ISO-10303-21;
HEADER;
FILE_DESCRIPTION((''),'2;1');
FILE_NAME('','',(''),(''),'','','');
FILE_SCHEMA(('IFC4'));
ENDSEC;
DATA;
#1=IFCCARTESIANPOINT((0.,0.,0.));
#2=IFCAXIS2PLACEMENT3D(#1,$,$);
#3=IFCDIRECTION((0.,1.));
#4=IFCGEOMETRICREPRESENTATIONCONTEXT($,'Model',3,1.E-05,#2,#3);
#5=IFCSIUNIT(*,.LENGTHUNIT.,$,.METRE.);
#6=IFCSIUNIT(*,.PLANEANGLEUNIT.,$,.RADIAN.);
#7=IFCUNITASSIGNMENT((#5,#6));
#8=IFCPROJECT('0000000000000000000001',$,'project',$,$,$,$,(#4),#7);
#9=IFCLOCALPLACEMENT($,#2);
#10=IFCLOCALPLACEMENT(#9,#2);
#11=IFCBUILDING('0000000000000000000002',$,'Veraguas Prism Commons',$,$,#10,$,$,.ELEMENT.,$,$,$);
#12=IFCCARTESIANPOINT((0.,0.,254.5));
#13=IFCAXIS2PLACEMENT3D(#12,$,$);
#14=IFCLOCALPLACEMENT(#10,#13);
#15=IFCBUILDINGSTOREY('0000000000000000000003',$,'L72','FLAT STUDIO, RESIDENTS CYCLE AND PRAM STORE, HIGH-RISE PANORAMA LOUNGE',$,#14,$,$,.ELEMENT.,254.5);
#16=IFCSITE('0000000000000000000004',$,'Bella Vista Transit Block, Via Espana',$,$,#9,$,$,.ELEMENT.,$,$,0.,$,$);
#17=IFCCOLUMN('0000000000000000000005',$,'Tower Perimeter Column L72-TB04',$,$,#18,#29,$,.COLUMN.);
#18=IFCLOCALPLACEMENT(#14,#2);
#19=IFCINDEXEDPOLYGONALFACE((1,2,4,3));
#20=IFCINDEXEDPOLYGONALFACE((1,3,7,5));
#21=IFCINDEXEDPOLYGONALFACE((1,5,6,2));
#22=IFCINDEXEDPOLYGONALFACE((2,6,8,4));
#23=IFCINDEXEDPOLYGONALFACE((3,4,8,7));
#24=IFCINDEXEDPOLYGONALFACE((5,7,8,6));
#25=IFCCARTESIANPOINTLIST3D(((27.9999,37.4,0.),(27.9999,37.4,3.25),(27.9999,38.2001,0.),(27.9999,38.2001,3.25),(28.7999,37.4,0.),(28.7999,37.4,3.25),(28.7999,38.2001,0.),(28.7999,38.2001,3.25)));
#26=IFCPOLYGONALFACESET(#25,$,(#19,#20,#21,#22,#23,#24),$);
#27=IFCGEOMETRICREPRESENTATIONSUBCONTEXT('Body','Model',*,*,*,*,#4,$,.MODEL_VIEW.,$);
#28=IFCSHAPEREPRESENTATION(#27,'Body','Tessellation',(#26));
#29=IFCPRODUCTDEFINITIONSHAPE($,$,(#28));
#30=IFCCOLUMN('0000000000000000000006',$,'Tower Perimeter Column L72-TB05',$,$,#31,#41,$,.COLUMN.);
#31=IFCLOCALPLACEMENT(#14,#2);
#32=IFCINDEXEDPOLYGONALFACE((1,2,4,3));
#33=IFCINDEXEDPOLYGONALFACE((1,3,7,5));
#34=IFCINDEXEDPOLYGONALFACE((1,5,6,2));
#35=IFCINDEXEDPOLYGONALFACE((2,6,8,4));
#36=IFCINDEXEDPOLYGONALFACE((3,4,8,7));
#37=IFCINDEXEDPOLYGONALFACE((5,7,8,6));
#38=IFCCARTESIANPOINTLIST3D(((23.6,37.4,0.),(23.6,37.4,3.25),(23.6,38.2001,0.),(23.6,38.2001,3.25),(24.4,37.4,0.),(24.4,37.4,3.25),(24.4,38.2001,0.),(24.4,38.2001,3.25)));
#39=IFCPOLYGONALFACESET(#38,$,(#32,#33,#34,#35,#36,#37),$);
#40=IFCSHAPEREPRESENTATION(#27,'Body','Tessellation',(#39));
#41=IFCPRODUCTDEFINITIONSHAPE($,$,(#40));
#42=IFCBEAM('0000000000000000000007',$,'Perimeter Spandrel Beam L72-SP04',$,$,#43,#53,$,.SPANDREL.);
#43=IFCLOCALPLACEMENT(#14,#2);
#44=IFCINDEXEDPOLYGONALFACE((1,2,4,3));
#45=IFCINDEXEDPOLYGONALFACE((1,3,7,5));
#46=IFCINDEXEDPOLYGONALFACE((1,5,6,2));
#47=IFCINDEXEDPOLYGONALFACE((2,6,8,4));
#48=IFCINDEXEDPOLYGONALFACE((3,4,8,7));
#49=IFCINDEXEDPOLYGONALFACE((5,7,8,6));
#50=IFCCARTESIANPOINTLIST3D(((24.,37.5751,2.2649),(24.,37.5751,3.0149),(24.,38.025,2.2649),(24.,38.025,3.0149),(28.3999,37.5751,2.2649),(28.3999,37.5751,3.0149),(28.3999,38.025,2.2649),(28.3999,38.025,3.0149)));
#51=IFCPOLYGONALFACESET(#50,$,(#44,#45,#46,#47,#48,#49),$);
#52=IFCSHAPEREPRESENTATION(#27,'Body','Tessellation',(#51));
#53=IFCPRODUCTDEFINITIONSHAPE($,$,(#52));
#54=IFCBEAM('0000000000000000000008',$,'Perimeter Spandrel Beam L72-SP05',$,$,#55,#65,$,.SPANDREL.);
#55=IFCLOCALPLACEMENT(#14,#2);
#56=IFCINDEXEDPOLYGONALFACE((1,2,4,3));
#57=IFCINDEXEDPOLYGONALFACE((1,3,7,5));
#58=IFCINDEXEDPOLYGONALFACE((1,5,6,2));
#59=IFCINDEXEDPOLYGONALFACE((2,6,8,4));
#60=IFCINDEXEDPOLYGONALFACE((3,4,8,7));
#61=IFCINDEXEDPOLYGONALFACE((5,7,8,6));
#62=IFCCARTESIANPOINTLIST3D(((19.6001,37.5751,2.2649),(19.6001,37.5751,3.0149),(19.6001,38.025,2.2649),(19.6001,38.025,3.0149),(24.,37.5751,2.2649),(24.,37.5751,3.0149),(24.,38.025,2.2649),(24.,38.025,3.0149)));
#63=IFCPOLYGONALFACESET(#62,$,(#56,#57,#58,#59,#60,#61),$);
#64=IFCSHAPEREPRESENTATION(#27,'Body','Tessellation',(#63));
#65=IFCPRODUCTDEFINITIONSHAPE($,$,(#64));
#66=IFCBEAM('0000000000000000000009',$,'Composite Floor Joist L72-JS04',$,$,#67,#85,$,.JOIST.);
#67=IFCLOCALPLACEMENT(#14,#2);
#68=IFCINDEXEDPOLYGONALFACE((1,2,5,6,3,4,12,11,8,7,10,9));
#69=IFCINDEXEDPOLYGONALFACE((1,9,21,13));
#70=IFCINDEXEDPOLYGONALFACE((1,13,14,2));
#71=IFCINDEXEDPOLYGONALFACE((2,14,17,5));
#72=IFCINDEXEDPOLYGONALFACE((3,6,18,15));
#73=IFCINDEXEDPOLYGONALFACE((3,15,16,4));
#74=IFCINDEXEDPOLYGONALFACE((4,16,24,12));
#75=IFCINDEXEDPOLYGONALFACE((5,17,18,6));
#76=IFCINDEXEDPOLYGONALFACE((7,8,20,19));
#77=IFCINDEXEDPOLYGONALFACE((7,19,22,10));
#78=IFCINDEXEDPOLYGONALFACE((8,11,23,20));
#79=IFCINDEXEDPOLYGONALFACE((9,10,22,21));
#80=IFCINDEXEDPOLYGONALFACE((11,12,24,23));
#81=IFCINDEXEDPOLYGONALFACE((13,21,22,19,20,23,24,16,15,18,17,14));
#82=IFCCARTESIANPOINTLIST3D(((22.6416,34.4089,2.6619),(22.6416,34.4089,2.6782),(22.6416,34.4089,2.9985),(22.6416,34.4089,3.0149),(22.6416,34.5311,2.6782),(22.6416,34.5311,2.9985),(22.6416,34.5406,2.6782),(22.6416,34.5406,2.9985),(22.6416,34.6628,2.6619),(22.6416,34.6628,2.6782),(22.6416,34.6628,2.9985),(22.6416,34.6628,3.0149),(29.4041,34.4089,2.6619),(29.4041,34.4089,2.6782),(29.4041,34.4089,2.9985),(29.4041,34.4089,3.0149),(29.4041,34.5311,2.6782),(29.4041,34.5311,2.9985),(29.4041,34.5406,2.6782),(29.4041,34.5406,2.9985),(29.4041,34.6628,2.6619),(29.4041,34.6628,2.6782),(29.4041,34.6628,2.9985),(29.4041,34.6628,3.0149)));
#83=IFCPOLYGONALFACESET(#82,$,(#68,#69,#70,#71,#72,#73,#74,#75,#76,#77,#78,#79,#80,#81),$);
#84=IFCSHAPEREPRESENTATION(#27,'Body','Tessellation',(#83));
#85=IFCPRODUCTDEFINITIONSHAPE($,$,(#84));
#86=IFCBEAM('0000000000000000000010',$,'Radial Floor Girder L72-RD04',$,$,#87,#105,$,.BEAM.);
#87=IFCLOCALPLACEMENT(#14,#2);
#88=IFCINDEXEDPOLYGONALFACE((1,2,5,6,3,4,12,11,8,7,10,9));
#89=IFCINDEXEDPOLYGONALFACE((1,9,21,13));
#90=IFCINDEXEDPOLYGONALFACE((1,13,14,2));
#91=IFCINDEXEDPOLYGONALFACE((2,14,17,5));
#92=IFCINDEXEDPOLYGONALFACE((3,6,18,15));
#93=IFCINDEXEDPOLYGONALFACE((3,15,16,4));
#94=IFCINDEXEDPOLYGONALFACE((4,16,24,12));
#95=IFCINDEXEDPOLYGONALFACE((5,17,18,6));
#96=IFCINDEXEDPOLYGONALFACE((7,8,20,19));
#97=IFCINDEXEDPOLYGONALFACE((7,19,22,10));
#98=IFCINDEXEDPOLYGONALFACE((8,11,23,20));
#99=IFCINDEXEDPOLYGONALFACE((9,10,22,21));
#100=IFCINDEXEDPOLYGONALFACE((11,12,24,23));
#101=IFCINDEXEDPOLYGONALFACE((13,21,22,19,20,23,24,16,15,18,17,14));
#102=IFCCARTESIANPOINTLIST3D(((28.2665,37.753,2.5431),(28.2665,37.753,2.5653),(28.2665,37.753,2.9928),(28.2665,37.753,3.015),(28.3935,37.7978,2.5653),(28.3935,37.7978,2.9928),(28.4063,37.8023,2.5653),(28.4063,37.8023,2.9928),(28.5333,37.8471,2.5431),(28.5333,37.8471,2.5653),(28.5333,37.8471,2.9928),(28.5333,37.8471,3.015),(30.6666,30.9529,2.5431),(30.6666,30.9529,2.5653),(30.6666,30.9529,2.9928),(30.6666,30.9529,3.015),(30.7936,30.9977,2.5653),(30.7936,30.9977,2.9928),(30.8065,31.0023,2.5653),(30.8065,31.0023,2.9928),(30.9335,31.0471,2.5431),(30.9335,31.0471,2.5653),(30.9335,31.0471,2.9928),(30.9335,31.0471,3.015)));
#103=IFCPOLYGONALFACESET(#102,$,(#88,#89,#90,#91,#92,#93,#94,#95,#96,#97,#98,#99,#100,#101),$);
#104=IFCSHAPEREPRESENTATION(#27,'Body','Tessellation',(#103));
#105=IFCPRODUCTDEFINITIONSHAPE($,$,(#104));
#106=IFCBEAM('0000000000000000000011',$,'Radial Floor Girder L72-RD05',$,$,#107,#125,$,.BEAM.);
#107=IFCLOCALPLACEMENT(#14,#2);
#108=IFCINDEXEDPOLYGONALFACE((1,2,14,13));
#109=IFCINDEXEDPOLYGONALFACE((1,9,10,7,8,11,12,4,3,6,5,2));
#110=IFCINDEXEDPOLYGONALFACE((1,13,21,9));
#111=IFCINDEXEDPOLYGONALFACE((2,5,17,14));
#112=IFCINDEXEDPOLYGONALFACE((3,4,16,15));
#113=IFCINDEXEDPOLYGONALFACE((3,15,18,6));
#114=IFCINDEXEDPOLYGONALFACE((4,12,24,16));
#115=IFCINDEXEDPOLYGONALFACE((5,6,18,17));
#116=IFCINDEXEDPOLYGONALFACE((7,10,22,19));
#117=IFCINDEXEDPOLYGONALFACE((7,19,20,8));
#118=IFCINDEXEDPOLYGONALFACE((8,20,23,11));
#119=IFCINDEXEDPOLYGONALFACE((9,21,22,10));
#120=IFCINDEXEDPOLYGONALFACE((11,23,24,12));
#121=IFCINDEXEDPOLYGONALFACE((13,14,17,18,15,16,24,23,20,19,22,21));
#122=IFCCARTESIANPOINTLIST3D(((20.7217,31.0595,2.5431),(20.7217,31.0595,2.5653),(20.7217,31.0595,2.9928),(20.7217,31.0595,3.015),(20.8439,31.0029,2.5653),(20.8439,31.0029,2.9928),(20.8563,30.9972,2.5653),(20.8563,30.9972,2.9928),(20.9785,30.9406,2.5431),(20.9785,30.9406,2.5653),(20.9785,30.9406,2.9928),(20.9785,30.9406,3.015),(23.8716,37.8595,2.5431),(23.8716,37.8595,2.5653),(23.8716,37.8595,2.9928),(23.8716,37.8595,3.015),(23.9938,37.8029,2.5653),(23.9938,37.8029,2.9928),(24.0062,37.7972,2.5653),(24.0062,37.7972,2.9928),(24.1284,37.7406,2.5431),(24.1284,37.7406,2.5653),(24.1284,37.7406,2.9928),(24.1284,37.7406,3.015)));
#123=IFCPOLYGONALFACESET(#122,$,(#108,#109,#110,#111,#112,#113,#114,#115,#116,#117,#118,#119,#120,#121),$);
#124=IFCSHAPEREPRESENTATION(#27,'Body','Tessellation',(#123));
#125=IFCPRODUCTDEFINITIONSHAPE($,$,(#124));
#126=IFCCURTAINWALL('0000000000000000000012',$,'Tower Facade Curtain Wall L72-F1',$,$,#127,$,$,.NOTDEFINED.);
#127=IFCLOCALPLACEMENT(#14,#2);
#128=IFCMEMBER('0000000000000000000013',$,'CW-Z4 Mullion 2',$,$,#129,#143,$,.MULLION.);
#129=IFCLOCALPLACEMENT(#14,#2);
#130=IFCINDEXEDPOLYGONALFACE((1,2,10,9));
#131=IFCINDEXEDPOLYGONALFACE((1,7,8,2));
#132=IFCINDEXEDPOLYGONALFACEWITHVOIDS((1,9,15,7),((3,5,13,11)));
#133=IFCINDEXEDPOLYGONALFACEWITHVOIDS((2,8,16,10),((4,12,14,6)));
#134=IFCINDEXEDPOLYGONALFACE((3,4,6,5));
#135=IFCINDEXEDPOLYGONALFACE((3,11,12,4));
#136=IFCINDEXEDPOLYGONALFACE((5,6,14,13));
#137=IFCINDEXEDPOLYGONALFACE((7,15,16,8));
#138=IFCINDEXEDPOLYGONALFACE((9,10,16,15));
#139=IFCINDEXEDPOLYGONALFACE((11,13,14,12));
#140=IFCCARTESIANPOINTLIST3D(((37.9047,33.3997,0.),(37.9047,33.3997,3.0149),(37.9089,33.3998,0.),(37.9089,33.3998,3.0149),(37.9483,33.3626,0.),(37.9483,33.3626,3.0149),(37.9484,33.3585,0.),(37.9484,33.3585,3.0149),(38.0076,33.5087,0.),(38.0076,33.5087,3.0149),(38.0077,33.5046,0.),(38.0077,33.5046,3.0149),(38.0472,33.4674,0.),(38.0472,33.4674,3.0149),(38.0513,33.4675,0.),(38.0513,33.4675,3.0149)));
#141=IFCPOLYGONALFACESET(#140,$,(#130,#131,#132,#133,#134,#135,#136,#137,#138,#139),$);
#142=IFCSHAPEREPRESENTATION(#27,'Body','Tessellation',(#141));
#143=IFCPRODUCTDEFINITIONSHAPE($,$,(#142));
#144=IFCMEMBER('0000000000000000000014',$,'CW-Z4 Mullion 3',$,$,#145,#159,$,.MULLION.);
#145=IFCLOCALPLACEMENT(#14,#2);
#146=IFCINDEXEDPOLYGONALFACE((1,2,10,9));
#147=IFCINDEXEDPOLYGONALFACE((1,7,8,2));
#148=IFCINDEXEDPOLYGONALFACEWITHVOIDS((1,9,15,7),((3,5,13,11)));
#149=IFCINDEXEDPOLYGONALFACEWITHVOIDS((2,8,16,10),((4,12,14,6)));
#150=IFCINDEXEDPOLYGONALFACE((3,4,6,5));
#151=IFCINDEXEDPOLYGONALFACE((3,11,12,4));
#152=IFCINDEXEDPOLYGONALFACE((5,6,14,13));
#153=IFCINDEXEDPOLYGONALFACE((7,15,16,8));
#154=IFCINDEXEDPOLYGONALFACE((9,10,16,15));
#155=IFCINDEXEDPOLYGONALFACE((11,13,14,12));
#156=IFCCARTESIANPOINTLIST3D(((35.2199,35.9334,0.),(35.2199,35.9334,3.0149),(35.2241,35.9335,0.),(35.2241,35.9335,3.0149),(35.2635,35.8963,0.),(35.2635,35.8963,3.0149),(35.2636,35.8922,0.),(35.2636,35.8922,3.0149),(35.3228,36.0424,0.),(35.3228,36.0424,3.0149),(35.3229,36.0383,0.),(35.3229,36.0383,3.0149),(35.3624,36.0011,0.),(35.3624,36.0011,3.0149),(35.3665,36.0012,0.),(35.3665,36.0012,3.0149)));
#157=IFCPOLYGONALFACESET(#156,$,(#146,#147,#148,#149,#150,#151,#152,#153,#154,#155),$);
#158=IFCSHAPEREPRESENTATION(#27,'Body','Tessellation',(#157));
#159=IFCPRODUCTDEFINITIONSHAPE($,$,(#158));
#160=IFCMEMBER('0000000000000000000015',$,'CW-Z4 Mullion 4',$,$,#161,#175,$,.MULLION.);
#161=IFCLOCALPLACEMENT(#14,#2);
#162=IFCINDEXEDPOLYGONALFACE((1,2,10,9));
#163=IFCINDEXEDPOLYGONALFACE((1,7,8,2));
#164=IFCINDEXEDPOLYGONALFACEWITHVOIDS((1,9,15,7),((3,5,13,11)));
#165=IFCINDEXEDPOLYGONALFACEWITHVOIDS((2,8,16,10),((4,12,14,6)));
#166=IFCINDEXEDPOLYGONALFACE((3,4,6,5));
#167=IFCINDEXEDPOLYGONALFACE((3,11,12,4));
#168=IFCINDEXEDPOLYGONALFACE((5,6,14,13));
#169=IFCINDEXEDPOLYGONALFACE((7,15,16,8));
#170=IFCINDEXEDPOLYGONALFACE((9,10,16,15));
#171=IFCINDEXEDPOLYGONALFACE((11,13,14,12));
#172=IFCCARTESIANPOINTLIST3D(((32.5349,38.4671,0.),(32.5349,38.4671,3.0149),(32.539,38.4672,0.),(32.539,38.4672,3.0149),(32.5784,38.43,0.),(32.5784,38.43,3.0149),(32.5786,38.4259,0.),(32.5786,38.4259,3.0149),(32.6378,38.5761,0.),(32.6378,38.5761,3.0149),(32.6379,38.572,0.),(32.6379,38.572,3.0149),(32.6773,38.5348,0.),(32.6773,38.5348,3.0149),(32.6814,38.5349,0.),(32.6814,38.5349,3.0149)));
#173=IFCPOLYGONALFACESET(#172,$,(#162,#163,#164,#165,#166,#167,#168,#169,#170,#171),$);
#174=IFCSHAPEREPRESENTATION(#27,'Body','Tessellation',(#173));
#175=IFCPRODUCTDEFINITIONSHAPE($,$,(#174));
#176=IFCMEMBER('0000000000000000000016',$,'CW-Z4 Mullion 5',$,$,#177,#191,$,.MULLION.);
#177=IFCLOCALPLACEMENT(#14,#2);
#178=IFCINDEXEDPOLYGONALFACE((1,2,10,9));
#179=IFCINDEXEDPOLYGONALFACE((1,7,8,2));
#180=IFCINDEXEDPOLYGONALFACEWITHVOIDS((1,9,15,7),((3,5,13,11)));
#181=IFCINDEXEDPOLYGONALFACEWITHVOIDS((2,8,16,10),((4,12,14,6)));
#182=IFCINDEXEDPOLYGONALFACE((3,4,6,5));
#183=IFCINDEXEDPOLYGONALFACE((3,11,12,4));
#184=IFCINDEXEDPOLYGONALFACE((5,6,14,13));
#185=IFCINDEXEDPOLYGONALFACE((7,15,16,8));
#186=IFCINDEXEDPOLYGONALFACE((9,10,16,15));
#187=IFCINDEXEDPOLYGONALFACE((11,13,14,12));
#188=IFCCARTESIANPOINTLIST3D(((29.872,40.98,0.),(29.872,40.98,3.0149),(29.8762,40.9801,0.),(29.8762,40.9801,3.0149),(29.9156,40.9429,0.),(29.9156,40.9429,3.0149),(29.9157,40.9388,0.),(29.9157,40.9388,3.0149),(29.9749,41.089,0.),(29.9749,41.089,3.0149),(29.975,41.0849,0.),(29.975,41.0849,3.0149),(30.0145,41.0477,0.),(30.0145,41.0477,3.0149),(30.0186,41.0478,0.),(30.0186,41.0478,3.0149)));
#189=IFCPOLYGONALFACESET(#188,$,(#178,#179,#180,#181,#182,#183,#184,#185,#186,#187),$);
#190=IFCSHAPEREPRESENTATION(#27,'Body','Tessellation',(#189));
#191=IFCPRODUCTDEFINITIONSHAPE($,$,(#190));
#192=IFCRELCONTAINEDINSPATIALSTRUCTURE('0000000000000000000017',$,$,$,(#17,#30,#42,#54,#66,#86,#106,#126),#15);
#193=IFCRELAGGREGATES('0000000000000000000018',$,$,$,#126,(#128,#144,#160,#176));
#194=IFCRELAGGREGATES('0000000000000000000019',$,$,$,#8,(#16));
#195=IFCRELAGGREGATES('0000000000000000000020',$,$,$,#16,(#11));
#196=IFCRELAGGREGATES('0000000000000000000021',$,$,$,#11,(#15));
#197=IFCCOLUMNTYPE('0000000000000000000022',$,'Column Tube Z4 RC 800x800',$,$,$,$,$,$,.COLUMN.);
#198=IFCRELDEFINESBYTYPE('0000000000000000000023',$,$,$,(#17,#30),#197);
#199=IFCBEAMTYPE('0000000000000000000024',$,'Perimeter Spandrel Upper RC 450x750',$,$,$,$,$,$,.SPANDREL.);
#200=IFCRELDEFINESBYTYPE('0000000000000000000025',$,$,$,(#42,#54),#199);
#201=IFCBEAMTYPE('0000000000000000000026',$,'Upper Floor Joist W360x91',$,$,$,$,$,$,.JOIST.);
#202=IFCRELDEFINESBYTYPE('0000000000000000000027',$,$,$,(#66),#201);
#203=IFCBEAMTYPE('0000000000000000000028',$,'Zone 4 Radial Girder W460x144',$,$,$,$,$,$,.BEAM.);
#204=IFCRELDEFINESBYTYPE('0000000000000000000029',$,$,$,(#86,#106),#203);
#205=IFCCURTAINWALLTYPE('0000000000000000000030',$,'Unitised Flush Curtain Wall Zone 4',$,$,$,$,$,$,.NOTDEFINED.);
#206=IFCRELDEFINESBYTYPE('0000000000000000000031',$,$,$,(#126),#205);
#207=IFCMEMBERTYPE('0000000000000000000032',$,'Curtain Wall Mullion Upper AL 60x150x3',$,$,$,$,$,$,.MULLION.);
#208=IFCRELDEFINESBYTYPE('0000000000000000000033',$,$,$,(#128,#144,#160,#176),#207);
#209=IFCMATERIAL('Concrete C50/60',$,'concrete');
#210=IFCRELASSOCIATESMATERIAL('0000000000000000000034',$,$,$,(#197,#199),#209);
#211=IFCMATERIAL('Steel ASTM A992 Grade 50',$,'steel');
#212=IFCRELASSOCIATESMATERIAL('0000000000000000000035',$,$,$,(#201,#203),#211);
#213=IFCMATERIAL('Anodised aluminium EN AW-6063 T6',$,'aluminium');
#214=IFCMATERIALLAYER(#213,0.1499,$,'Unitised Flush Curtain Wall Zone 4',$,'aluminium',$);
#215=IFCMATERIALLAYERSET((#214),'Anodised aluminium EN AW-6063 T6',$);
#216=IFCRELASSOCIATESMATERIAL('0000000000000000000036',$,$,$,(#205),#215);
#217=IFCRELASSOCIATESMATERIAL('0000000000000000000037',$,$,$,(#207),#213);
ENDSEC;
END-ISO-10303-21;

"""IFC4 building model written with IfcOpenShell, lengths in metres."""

from ifc_helpers import new_model, si_unit, direction, frame, origin, origin_2d, place, context, subcontext, project, spatial, rectangle, hollow_rectangle, i_section, extrude, source, transform, mapped, material, layer, layer_set, material_profile, profile_set, type_object, element, aggregate, save


model = new_model("IFC4")

# Units and contexts
model_context = context("Model", 3, precision=1e-05, world=origin(), true_north=direction((0.0, 1.0)))
body_context = subcontext(model_context, "Body", "Model", "MODEL_VIEW")
ifc_project = project(units=[si_unit("LENGTHUNIT", "METRE"), si_unit("PLANEANGLEUNIT", "RADIAN")], contexts=[model_context])

# Site, building, storey
site_placement = place(None, origin())
site = spatial("IfcSite", under=ifc_project, at=site_placement, Name="Bella Vista Transit Block, Via Espana", CompositionType="ELEMENT", RefElevation=0.0)
building_placement = place(site_placement, origin())
building = spatial("IfcBuilding", under=site, at=building_placement, Name="Veraguas Prism Commons", CompositionType="ELEMENT")
storey_placement = place(building_placement, frame((0.0, 0.0, 254.5)))
storey = spatial("IfcBuildingStorey", under=building, at=storey_placement, Name="L72", Description="FLAT STUDIO, RESIDENTS CYCLE AND PRAM STORE, HIGH-RISE PANORAMA LOUNGE", CompositionType="ELEMENT", Elevation=254.5)

# Columns
ifc_material_1 = material(Name="Concrete C50/60", Category="concrete")
ifc_material_profile_1 = material_profile(ifc_material_1, rectangle(XDim=0.8, YDim=0.8, at=origin_2d()), Name="RC800X800")
ifc_profile_set_1 = profile_set([ifc_material_profile_1], Name="Concrete C50/60")
column_type = type_object("IfcColumnType", Name="Column Tube Z4 RC 800x800", PredefinedType="COLUMN", material=ifc_profile_set_1)
for number, where, z_axis, x_axis, name in (
    (1, (28.3999, 37.8, 0.0), (0.0, 0.0, 1.0), (1.0, 0.0, 0.0), "Tower Perimeter Column L72-TB04"),
    (2, (24.0, 37.8, 0.0), (0.0, 0.0, 1.0), (1.0, 0.0, 0.0), "Tower Perimeter Column L72-TB05"),
):
    element("IfcColumn", number, at=place(storey_placement, frame(where, z_axis=z_axis, x_axis=x_axis)), inside=storey, type_object=column_type, Name=name, PredefinedType="COLUMN", context=body_context, shape_type="SweptSolid", body=[
        extrude(rectangle(XDim=0.8, YDim=0.8, at=origin_2d()), origin(), (0.0, 0.0, 1.0), 3.25),
    ])

# Beams
ifc_material_profile_2 = material_profile(ifc_material_1, rectangle(XDim=0.45, YDim=0.75, at=origin_2d()), Name="RC450X750")
ifc_profile_set_2 = profile_set([ifc_material_profile_2], Name="Concrete C50/60")
beam_type_1 = type_object("IfcBeamType", Name="Perimeter Spandrel Upper RC 450x750", PredefinedType="SPANDREL", material=ifc_profile_set_2)
for number, where, z_axis, x_axis, name in (
    (3, (28.3999, 37.8, 2.6399), (-1.0, 0.0, 0.0), (0.0, -1.0, 0.0), "Perimeter Spandrel Beam L72-SP04"),
    (4, (24.0, 37.8, 2.6399), (-1.0, 0.0, 0.0), (0.0, -1.0, 0.0), "Perimeter Spandrel Beam L72-SP05"),
):
    element("IfcBeam", number, at=place(storey_placement, frame(where, z_axis=z_axis, x_axis=x_axis)), inside=storey, type_object=beam_type_1, Name=name, PredefinedType="SPANDREL", context=body_context, shape_type="SweptSolid", body=[
        extrude(rectangle(XDim=0.45, YDim=0.75, at=origin_2d()), origin(), (0.0, 0.0, 1.0), 4.3999),
    ])
ifc_material_2 = material(Name="Steel ASTM A992 Grade 50", Category="steel")
ifc_material_profile_3 = material_profile(ifc_material_2, i_section(OverallWidth=0.2539, OverallDepth=0.353, WebThickness=0.0095, FlangeThickness=0.0164, at=origin_2d()), Name="W360X91")
ifc_profile_set_3 = profile_set([ifc_material_profile_3], Name="Steel ASTM A992 Grade 50")
beam_type_2 = type_object("IfcBeamType", Name="Upper Floor Joist W360x91", PredefinedType="JOIST", material=ifc_profile_set_3)
beam_1_placement = place(storey_placement, frame((29.4041, 34.5359, 2.8384), z_axis=(-1.0, 0.0, 0.0), x_axis=(0.0, -1.0, 0.0)))
element("IfcBeam", 5, at=beam_1_placement, inside=storey, type_object=beam_type_2, Name="Composite Floor Joist L72-JS04", PredefinedType="JOIST", context=body_context, shape_type="SweptSolid", body=[
    extrude(i_section(OverallWidth=0.2539, OverallDepth=0.353, WebThickness=0.0095, FlangeThickness=0.0164, at=origin_2d()), origin(), (0.0, 0.0, 1.0), 6.7625),
])
ifc_material_profile_4 = material_profile(ifc_material_2, i_section(OverallWidth=0.283, OverallDepth=0.4719, WebThickness=0.0137, FlangeThickness=0.0222, at=origin_2d()), Name="W460X144")
ifc_profile_set_4 = profile_set([ifc_material_profile_4], Name="Steel ASTM A992 Grade 50")
beam_type_3 = type_object("IfcBeamType", Name="Zone 4 Radial Girder W460x144", PredefinedType="BEAM", material=ifc_profile_set_4)
beam_2_placement = place(storey_placement, frame((28.3999, 37.8, 2.7791), z_axis=(0.332836, -0.942985, 0.0), x_axis=(0.942985, 0.332836, 0.0)))
element("IfcBeam", 6, at=beam_2_placement, inside=storey, type_object=beam_type_3, Name="Radial Floor Girder L72-RD04", PredefinedType="BEAM", context=body_context, shape_type="SweptSolid", body=[
    extrude(i_section(OverallWidth=0.283, OverallDepth=0.4719, WebThickness=0.0137, FlangeThickness=0.0222, at=origin_2d()), origin(), (0.0, 0.0, 1.0), 7.2112),
])
beam_3_placement = place(storey_placement, frame((24.0, 37.8, 2.7791), z_axis=(-0.420314, -0.907379, 0.0), x_axis=(0.907379, -0.420314, 0.0)))
element("IfcBeam", 7, at=beam_3_placement, inside=storey, type_object=beam_type_3, Name="Radial Floor Girder L72-RD05", PredefinedType="BEAM", context=body_context, shape_type="SweptSolid", body=[
    extrude(i_section(OverallWidth=0.283, OverallDepth=0.4719, WebThickness=0.0137, FlangeThickness=0.0222, at=origin_2d()), origin(), (0.0, 0.0, 1.0), 7.4941),
])

# Curtain wall, members
ifc_material_3 = material(Name="Anodised aluminium EN AW-6063 T6", Category="aluminium")
ifc_layer_1 = layer(ifc_material_3, 0.1499, Name="Unitised Flush Curtain Wall Zone 4", Category="aluminium")
ifc_layer_set_1 = layer_set([ifc_layer_1], Name="Anodised aluminium EN AW-6063 T6")
curtain_wall_type = type_object("IfcCurtainWallType", Name="Unitised Flush Curtain Wall Zone 4", PredefinedType="NOTDEFINED", material=ifc_layer_set_1)
curtain_wall_1_placement = place(storey_placement, origin())
curtain_wall_1 = element("IfcCurtainWall", 8, at=curtain_wall_1_placement, inside=storey, type_object=curtain_wall_type, Name="Tower Facade Curtain Wall L72-F1", PredefinedType="NOTDEFINED")
ifc_material_profile_5 = material_profile(ifc_material_3, hollow_rectangle(XDim=0.0601, YDim=0.1499, WallThickness=0.0029, at=origin_2d()), Name="AL60X150X3")
ifc_profile_set_5 = profile_set([ifc_material_profile_5], Name="Anodised aluminium EN AW-6063 T6")
member_type_1 = type_object("IfcMemberType", Name="Curtain Wall Mullion Upper AL 60x150x3", PredefinedType="MULLION", material=ifc_profile_set_5)
shared_shape_1 = source(origin(), body_context, "Body", "SweptSolid", [
    extrude(hollow_rectangle(XDim=0.0601, YDim=0.1499, WallThickness=0.0029, at=origin_2d()), origin(), (0.0, 0.0, 1.0), 3.0149),
])
member_1_placement = place(storey_placement, frame((37.978, 33.4336, 0.0), z_axis=(0.0, 0.0, 1.0), x_axis=(-0.727296, 0.686324, 0.0)))
member_1 = element("IfcMember", 9, at=member_1_placement, type_object=member_type_1, Name="CW-Z4 Mullion 2", PredefinedType="MULLION", context=body_context, shape_type="MappedRepresentation", body=[
    mapped(shared_shape_1, transform((0.0, 0.0, 0.0), scale=1.0)),
])
member_2_placement = place(storey_placement, frame((35.2932, 35.9673, 0.0), z_axis=(0.0, 0.0, 1.0), x_axis=(-0.727296, 0.686324, 0.0)))
member_2 = element("IfcMember", 10, at=member_2_placement, type_object=member_type_1, Name="CW-Z4 Mullion 3", PredefinedType="MULLION", context=body_context, shape_type="MappedRepresentation", body=[
    mapped(shared_shape_1, transform((0.0, 0.0, 0.0), scale=1.0)),
])
member_3_placement = place(storey_placement, frame((32.6082, 38.501, 0.0), z_axis=(0.0, 0.0, 1.0), x_axis=(-0.727296, 0.686324, 0.0)))
member_3 = element("IfcMember", 11, at=member_3_placement, type_object=member_type_1, Name="CW-Z4 Mullion 4", PredefinedType="MULLION", context=body_context, shape_type="MappedRepresentation", body=[
    mapped(shared_shape_1, transform((0.0, 0.0, 0.0), scale=1.0)),
])
member_4_placement = place(storey_placement, frame((29.9453, 41.0139, 0.0), z_axis=(0.0, 0.0, 1.0), x_axis=(-0.727296, 0.686324, 0.0)))
member_4 = element("IfcMember", 12, at=member_4_placement, type_object=member_type_1, Name="CW-Z4 Mullion 5", PredefinedType="MULLION", context=body_context, shape_type="MappedRepresentation", body=[
    mapped(shared_shape_1, transform((0.0, 0.0, 0.0), scale=1.0)),
])

aggregate(curtain_wall_1, [member_1, member_2, member_3, member_4])

save(model, "model.ifc")
